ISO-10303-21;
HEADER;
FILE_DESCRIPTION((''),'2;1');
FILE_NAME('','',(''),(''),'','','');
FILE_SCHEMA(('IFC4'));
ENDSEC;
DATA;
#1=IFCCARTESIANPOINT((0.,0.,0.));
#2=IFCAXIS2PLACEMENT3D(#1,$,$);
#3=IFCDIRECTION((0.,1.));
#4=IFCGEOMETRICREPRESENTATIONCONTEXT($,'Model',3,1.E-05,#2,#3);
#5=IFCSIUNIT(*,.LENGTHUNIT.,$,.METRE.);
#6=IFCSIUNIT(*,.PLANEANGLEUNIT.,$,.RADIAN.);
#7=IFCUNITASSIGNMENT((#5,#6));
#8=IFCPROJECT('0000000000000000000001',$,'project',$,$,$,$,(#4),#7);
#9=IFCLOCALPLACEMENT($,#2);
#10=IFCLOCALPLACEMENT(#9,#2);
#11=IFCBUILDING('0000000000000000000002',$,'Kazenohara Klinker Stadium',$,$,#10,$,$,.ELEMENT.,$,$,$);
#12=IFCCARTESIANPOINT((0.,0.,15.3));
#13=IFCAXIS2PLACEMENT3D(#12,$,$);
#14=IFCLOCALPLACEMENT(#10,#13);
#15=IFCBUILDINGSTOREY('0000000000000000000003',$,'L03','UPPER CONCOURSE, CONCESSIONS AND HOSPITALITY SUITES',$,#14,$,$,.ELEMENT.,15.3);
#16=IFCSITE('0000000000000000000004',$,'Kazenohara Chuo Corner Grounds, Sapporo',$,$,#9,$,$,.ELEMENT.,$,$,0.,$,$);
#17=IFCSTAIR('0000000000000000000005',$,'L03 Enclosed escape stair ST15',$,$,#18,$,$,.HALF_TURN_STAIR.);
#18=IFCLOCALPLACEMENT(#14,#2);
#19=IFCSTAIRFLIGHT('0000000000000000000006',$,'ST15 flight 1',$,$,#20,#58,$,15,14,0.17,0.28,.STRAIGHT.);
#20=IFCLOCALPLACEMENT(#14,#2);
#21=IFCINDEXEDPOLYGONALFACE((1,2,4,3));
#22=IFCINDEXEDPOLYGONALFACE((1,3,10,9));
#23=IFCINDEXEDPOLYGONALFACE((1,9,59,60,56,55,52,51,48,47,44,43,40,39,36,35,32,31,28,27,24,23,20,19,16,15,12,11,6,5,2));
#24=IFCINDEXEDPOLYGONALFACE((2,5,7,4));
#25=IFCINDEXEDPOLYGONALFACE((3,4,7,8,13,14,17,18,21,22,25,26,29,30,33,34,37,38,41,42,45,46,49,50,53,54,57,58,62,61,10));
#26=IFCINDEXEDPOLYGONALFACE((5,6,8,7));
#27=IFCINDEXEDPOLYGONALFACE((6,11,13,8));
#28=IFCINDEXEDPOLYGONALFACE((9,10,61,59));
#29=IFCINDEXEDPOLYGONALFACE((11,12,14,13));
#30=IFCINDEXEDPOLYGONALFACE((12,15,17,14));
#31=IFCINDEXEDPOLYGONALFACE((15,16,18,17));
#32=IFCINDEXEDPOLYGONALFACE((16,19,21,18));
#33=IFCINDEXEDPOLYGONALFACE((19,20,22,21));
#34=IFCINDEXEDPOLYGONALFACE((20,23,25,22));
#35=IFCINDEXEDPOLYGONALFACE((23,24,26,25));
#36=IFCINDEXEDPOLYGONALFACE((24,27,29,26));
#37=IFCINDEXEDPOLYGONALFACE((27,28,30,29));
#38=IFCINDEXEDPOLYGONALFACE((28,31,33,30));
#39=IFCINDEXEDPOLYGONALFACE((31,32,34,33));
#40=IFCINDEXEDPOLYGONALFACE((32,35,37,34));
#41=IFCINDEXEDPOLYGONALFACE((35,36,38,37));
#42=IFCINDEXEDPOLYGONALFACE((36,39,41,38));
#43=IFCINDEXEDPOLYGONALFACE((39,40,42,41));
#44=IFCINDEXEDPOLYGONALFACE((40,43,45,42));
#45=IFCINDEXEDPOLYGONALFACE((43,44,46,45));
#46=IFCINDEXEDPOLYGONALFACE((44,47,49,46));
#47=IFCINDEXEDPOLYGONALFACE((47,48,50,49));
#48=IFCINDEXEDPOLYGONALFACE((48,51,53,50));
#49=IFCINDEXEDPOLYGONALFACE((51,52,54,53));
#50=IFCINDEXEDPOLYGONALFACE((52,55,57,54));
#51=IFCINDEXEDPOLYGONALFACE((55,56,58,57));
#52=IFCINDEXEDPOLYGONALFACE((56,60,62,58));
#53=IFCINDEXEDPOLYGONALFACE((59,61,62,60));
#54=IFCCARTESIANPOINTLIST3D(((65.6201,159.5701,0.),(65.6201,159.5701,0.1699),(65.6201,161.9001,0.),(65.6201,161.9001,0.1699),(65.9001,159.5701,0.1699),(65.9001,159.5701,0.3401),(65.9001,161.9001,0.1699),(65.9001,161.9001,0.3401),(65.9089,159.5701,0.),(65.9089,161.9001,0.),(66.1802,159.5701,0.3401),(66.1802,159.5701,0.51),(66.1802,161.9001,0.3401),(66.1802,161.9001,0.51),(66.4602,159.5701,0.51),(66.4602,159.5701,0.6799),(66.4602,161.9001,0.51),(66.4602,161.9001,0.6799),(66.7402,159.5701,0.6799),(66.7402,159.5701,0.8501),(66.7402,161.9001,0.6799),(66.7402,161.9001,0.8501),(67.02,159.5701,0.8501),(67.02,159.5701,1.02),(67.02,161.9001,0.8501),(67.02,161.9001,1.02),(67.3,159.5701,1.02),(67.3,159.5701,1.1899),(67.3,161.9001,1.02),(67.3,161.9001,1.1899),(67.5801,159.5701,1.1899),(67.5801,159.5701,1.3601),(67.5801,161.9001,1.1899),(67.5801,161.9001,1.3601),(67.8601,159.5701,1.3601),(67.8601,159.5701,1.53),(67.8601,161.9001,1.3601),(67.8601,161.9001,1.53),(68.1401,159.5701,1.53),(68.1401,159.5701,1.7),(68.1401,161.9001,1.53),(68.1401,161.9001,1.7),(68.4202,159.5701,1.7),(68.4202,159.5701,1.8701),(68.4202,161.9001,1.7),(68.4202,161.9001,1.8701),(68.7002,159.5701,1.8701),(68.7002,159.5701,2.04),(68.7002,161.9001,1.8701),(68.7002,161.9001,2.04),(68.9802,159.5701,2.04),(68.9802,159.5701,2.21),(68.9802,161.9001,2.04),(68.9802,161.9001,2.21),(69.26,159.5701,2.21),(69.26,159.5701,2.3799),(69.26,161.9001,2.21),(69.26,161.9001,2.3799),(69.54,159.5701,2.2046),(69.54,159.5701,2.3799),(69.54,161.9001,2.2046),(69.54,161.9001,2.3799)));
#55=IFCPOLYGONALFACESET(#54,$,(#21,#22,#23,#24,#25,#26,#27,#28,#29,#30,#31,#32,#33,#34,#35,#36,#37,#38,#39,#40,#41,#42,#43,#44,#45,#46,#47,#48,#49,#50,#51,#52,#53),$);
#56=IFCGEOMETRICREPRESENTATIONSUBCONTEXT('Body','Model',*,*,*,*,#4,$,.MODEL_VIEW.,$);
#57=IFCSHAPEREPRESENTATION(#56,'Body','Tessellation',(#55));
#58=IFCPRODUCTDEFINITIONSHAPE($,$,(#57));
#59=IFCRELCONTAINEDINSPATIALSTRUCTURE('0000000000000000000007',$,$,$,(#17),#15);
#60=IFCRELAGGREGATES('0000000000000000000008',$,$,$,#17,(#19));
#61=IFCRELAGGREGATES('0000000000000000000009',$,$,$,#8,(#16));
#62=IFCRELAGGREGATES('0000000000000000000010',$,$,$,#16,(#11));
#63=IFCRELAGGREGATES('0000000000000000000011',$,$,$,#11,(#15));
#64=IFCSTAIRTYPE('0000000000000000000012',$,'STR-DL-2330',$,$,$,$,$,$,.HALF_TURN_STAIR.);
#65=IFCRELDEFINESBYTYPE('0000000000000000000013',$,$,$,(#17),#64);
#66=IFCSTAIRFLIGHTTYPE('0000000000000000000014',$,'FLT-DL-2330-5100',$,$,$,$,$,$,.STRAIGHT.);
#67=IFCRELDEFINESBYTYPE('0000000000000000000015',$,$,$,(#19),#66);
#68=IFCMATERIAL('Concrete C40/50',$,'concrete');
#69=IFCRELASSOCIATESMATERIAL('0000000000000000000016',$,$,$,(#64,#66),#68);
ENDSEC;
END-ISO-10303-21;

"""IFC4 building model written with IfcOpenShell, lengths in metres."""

from ifc_helpers import new_model, si_unit, direction, frame, origin, place, context, subcontext, project, spatial, polyline, outline, extrude, material, type_object, element, aggregate, save


model = new_model("IFC4")

# Units and contexts
model_context = context("Model", 3, precision=1e-05, world=origin(), true_north=direction((0.0, 1.0)))
body_context = subcontext(model_context, "Body", "Model", "MODEL_VIEW")
ifc_project = project(units=[si_unit("LENGTHUNIT", "METRE"), si_unit("PLANEANGLEUNIT", "RADIAN")], contexts=[model_context])

# Site, building, storey
site_placement = place(None, origin())
site = spatial("IfcSite", under=ifc_project, at=site_placement, Name="Kazenohara Chuo Corner Grounds, Sapporo", CompositionType="ELEMENT", RefElevation=0.0)
building_placement = place(site_placement, origin())
building = spatial("IfcBuilding", under=site, at=building_placement, Name="Kazenohara Klinker Stadium", CompositionType="ELEMENT")
storey_placement = place(building_placement, frame((0.0, 0.0, 15.3)))
storey = spatial("IfcBuildingStorey", under=building, at=storey_placement, Name="L03", Description="UPPER CONCOURSE, CONCESSIONS AND HOSPITALITY SUITES", CompositionType="ELEMENT", Elevation=15.3)

# Shared definitions
ifc_material_1 = material(Name="Concrete C40/50", Category="concrete")

# Stair, stair flight
stair_type = type_object("IfcStairType", Name="STR-DL-2330", PredefinedType="HALF_TURN_STAIR", material=ifc_material_1)
stair_placement = place(storey_placement, origin())
stair = element("IfcStair", 1, at=stair_placement, inside=storey, type_object=stair_type, Name="L03 Enclosed escape stair ST15", PredefinedType="HALF_TURN_STAIR")
stair_flight_type = type_object("IfcStairFlightType", Name="FLT-DL-2330-5100", PredefinedType="STRAIGHT", material=ifc_material_1)
stair_flight_placement = place(storey_placement, frame((65.6201, 160.7351, 0.0), z_axis=(0.0, 0.0, 1.0), x_axis=(1.0, 0.0, 0.0)))
stair_flight = element("IfcStairFlight", 2, at=stair_flight_placement, type_object=stair_flight_type, Name="ST15 flight 1", NumberOfRisers=15, NumberOfTreads=14, PredefinedType="STRAIGHT", RiserHeight=0.17, TreadLength=0.28, context=body_context, shape_type="SweptSolid", body=[
    extrude(outline(polyline([(0.0, 0.0), (0.0, 0.1699), (0.28, 0.1699), (0.28, 0.3401), (0.5601, 0.3401), (0.5601, 0.51), (0.8401, 0.51), (0.8401, 0.6799), (1.1201, 0.6799), (1.1201, 0.8501), (1.3999, 0.8501), (1.3999, 1.02), (1.6799, 1.02), (1.6799, 1.1899), (1.96, 1.1899), (1.96, 1.3601), (2.24, 1.3601), (2.24, 1.53), (2.52, 1.53), (2.52, 1.7), (2.8, 1.7), (2.8, 1.8701), (3.0801, 1.8701), (3.0801, 2.04), (3.3601, 2.04), (3.3601, 2.21), (3.6399, 2.21), (3.6399, 2.3799), (3.9199, 2.3799), (3.9199, 2.55), (3.9199, 2.2046), (0.2888, 0.0), (0.0, 0.0)])), frame((0.0, 1.165, 0.0), z_axis=(0.0, -1.0, 0.0), x_axis=(1.0, 0.0, 0.0)), (0.0, 0.0, 1.0), 2.3301),
])
aggregate(stair, [stair_flight])

save(model, "model.ifc")
